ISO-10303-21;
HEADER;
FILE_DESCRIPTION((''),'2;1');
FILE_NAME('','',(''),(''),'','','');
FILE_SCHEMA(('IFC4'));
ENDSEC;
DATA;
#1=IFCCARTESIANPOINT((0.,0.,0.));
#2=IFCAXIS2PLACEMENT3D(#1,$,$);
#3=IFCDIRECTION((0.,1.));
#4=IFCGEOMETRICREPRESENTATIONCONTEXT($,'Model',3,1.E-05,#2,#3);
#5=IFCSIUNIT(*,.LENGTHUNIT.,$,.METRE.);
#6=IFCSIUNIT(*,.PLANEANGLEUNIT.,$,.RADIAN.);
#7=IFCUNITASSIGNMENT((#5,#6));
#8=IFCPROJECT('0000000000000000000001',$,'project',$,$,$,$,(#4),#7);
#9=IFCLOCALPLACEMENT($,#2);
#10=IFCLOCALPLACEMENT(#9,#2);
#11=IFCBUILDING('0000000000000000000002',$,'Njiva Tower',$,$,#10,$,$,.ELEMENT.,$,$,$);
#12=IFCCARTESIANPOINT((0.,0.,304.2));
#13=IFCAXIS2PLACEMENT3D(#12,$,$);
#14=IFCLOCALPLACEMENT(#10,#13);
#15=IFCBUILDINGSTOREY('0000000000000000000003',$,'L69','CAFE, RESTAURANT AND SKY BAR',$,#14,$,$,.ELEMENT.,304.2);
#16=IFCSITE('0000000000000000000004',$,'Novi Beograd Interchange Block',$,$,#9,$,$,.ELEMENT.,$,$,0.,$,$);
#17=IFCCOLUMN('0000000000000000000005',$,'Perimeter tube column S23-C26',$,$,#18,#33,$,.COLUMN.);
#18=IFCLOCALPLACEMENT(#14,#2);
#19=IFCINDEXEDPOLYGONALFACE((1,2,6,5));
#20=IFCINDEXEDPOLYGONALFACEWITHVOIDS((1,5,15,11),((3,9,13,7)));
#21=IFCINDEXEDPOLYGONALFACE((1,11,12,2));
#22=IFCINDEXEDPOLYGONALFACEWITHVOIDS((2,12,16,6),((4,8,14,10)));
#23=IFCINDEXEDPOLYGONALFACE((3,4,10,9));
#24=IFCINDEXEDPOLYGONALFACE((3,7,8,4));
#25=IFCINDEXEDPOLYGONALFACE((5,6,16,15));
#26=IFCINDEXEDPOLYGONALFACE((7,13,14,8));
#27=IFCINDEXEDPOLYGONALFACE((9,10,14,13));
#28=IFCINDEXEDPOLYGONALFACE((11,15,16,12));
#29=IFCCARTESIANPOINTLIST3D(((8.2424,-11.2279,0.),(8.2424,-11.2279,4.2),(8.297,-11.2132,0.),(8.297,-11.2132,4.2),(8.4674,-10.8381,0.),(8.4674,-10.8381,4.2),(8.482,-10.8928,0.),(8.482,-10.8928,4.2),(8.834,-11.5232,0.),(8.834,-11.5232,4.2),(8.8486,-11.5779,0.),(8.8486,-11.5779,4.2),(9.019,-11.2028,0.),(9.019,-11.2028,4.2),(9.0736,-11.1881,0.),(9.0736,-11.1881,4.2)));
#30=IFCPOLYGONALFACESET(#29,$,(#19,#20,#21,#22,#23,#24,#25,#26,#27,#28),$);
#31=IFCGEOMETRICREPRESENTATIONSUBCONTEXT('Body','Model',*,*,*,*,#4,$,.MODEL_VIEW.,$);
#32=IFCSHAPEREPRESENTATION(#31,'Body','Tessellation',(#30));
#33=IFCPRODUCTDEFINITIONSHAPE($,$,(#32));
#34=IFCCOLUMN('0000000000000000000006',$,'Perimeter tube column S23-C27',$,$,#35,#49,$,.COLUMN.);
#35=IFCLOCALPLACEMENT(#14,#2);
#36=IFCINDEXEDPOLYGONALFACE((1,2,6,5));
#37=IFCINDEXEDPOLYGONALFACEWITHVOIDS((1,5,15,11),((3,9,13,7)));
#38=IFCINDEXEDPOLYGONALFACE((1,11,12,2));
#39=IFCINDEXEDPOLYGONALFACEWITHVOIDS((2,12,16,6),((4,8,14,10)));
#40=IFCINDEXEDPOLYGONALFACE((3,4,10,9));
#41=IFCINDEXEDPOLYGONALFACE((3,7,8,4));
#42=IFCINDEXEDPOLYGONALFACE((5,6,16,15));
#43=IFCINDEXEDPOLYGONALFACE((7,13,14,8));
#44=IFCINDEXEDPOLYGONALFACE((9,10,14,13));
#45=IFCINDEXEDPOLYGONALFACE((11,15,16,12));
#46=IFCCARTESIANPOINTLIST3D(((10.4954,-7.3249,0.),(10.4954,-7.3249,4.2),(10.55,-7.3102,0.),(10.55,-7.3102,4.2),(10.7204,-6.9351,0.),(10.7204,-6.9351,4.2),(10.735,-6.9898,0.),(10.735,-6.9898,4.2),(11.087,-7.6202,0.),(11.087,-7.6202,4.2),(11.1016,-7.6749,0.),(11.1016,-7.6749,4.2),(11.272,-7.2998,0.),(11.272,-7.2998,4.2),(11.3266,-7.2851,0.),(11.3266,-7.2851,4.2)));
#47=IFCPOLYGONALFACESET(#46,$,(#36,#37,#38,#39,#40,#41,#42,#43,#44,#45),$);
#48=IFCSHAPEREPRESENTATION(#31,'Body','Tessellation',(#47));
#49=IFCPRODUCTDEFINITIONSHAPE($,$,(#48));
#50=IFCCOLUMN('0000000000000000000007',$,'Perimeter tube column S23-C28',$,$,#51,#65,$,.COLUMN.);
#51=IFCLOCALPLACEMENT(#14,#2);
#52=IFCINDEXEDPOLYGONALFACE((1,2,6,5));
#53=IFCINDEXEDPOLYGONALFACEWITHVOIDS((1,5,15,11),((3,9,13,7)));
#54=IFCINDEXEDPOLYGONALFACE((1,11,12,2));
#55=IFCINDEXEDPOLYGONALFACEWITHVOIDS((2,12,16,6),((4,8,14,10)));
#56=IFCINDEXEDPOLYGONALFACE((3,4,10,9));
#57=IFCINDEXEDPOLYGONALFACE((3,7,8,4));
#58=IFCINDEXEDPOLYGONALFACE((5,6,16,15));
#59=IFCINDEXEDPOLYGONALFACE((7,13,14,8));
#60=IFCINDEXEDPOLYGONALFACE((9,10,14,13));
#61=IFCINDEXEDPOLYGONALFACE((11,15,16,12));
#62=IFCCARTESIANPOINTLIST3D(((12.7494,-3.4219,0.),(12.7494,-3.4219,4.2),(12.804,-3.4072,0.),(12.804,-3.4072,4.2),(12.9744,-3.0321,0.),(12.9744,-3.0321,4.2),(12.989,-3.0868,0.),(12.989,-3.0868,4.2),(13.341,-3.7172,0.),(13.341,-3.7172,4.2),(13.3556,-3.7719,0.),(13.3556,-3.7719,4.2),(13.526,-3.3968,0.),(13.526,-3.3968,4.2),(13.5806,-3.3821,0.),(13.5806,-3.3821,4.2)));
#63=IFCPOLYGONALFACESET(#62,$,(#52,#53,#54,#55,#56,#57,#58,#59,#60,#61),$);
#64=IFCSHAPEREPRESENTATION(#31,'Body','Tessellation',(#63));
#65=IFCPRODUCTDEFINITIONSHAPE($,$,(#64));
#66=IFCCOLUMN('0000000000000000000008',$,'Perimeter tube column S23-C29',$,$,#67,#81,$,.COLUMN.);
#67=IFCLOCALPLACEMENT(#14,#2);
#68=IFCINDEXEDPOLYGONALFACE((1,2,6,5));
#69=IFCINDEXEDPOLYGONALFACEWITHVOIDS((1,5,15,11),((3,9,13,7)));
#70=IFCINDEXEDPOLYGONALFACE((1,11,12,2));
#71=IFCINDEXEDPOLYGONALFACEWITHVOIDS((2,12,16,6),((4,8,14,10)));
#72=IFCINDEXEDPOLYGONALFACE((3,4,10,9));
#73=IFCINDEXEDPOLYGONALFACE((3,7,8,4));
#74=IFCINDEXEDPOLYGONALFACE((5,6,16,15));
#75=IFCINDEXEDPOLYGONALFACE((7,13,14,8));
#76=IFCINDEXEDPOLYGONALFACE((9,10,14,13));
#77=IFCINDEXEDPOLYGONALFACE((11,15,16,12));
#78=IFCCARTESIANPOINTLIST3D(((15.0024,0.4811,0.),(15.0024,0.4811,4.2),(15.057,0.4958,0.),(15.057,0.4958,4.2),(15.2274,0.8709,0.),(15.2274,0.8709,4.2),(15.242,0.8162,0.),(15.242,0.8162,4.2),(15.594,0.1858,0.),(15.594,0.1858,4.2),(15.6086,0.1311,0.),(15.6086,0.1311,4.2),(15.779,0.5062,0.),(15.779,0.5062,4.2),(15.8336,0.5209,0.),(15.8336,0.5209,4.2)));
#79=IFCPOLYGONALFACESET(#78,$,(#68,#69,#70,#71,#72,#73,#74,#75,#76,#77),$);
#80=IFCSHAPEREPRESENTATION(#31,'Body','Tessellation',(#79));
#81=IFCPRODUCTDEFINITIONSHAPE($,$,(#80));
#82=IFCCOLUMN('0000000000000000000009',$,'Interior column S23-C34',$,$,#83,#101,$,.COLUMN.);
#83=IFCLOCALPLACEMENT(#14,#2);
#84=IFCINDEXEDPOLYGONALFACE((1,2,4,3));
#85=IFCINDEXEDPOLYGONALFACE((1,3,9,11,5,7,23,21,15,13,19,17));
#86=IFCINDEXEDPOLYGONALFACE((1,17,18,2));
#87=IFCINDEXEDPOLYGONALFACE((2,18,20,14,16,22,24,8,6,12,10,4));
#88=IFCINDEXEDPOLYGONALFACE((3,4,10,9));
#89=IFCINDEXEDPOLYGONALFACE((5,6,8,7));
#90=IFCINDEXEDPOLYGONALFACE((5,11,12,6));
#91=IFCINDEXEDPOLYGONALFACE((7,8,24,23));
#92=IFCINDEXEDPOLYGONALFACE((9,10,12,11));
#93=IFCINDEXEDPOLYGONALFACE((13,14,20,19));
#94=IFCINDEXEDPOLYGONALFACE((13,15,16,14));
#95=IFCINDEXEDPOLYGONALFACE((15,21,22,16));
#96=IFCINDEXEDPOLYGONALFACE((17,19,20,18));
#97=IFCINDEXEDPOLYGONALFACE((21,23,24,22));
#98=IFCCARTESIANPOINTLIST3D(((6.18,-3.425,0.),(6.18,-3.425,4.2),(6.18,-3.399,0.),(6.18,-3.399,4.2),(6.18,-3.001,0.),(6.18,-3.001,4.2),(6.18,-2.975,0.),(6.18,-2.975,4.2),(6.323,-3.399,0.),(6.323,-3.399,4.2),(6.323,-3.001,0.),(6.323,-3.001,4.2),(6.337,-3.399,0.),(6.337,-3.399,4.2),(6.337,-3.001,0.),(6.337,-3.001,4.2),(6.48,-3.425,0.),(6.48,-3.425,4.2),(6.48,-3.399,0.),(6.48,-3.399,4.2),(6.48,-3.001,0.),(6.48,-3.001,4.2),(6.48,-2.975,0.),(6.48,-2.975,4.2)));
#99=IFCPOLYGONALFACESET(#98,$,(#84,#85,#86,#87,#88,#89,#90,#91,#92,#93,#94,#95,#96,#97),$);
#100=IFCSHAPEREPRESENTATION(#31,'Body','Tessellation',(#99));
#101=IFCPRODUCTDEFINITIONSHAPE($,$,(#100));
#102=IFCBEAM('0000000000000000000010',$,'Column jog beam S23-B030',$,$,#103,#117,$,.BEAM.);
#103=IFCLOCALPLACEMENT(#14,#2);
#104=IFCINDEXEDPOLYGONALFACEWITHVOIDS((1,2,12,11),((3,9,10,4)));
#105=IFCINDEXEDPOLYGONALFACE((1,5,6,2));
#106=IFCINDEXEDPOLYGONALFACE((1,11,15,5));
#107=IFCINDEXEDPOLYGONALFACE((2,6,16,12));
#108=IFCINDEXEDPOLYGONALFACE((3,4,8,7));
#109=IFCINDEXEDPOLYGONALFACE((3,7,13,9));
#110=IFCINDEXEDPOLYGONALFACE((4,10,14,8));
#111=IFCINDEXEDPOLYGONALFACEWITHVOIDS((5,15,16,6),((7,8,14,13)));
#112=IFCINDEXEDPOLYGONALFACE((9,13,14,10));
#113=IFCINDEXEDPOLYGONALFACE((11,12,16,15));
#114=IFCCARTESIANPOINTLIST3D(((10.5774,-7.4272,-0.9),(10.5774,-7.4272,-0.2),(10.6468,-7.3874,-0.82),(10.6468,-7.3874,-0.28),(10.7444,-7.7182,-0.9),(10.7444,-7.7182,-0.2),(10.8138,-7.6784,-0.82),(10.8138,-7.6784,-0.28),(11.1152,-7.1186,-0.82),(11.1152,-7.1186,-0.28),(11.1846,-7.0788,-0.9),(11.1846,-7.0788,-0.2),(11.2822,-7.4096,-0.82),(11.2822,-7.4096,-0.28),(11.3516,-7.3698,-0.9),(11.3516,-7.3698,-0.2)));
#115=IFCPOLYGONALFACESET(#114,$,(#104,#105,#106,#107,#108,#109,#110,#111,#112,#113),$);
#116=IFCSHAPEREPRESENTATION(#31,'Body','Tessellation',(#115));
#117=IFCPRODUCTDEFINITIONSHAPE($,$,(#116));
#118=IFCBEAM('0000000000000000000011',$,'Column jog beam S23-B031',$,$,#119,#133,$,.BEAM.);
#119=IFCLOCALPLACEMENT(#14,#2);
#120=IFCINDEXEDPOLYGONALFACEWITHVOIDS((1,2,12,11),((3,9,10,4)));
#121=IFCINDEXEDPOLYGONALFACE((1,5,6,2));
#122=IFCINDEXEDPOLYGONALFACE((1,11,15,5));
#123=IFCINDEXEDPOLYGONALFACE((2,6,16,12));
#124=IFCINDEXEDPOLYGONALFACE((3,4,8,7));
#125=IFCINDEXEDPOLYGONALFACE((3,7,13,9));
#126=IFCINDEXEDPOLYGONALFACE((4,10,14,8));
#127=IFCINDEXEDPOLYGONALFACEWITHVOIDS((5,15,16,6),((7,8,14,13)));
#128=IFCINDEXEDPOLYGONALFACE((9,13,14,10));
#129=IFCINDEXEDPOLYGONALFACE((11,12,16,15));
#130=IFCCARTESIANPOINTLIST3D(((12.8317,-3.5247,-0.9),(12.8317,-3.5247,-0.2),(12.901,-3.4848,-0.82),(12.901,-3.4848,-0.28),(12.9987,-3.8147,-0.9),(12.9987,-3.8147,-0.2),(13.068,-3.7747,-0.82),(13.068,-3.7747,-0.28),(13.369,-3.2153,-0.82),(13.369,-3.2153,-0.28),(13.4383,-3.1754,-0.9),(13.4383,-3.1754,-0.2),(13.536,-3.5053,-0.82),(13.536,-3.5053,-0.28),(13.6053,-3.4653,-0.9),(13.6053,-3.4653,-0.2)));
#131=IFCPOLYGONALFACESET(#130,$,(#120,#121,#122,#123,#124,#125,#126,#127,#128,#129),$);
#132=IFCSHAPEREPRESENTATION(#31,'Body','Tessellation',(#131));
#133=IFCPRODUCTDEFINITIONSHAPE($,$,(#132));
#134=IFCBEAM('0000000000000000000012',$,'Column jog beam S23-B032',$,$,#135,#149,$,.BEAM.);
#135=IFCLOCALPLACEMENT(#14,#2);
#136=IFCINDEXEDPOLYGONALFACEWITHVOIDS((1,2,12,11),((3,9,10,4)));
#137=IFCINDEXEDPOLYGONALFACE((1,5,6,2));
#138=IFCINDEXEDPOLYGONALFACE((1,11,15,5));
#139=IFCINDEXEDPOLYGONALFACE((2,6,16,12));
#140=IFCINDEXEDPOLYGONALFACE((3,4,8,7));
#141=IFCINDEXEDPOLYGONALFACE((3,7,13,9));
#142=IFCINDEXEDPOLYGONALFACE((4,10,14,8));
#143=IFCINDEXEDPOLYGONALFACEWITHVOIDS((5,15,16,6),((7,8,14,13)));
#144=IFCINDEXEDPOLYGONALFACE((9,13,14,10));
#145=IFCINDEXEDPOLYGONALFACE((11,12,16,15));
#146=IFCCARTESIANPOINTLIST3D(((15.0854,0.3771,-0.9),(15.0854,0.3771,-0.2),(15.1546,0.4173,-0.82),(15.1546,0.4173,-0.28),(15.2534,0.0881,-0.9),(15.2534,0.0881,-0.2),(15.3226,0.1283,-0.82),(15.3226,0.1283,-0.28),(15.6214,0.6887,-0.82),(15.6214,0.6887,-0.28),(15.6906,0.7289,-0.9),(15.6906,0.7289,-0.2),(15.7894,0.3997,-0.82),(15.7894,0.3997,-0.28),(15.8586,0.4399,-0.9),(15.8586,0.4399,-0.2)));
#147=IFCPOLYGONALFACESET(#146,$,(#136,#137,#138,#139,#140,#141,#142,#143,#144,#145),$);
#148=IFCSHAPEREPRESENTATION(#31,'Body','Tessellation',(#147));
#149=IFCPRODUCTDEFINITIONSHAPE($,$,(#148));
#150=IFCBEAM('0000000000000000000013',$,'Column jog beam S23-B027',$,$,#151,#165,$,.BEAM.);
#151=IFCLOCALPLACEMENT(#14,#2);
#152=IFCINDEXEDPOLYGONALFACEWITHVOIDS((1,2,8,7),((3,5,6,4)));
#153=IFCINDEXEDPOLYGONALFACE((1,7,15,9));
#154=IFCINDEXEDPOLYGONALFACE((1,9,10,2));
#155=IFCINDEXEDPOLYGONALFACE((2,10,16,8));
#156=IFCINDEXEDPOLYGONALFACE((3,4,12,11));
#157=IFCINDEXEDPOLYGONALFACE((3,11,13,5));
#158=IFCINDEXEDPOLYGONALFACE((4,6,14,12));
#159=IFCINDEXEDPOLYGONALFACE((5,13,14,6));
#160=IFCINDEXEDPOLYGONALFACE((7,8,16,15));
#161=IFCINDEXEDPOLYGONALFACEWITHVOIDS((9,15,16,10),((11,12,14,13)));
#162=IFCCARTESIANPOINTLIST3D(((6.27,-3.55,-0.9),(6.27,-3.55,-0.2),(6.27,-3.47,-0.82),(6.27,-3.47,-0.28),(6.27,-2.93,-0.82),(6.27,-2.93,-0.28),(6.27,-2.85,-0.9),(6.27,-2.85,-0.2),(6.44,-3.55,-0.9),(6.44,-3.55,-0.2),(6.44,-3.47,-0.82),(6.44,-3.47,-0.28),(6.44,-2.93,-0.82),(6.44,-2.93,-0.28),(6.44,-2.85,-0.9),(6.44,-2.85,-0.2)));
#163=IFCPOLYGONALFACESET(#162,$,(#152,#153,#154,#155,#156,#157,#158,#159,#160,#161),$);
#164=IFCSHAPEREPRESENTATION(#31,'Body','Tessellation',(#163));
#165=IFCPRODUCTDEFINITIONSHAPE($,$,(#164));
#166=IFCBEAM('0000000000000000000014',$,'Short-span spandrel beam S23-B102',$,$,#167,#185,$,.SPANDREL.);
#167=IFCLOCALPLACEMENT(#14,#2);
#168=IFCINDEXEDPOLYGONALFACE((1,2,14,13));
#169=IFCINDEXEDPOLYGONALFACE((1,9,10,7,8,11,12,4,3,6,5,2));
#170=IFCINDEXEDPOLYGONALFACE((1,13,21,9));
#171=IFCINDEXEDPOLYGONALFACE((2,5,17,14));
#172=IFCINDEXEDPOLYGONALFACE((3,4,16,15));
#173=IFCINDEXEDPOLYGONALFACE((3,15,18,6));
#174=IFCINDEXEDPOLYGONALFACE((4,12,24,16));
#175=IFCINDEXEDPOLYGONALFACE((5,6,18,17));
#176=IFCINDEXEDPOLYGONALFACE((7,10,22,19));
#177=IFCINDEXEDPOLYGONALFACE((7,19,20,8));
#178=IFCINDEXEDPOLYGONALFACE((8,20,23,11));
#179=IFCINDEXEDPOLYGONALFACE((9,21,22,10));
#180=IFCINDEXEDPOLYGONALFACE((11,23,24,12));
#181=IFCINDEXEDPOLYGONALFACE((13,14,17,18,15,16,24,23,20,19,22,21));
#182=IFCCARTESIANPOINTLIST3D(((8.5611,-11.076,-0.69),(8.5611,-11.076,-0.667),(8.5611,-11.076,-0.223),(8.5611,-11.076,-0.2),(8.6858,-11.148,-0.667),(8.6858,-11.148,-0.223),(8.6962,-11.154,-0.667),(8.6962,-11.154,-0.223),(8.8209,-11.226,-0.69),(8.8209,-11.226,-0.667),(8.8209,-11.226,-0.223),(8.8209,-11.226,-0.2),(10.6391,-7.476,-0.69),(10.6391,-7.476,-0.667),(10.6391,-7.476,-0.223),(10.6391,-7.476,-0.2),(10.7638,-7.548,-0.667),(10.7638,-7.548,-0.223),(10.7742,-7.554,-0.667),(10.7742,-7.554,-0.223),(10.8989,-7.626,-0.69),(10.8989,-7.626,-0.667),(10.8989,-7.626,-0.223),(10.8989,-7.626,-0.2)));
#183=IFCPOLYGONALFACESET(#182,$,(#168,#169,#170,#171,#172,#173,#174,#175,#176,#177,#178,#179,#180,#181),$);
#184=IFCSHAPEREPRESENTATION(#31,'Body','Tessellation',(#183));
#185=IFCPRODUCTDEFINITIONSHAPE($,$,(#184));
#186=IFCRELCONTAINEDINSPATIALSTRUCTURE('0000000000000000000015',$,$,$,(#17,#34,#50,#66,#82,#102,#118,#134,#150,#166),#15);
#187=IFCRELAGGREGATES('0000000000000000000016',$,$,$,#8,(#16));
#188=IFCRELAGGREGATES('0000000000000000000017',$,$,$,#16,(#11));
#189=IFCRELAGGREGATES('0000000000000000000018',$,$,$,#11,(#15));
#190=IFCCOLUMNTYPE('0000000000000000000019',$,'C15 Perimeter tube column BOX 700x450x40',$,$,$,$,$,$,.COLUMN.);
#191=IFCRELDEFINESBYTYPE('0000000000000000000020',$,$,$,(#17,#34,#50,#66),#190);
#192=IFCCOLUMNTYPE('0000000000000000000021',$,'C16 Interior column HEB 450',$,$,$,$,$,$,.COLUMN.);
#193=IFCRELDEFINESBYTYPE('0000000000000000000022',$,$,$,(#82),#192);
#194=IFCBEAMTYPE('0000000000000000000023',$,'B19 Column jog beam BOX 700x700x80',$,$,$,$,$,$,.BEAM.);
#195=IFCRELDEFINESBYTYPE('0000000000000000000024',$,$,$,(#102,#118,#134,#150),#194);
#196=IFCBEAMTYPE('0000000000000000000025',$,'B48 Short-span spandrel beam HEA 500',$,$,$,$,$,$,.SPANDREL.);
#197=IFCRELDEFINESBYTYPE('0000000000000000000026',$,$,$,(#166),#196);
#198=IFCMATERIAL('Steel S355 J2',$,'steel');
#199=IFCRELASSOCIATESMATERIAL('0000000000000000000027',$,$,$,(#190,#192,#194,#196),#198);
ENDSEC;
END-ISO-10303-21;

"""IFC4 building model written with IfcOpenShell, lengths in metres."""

from ifc_helpers import new_model, si_unit, direction, frame, origin, origin_2d, place, context, subcontext, project, spatial, hollow_rectangle, i_section, extrude, material, material_profile, profile_set, type_object, element, save


model = new_model("IFC4")

# Units and contexts
model_context = context("Model", 3, precision=1e-05, world=origin(), true_north=direction((0.0, 1.0)))
body_context = subcontext(model_context, "Body", "Model", "MODEL_VIEW")
ifc_project = project(units=[si_unit("LENGTHUNIT", "METRE"), si_unit("PLANEANGLEUNIT", "RADIAN")], contexts=[model_context])

# Site, building, storey
site_placement = place(None, origin())
site = spatial("IfcSite", under=ifc_project, at=site_placement, Name="Novi Beograd Interchange Block", CompositionType="ELEMENT", RefElevation=0.0)
building_placement = place(site_placement, origin())
building = spatial("IfcBuilding", under=site, at=building_placement, Name="Njiva Tower", CompositionType="ELEMENT")
storey_placement = place(building_placement, frame((0.0, 0.0, 304.2)))
storey = spatial("IfcBuildingStorey", under=building, at=storey_placement, Name="L69", Description="CAFE, RESTAURANT AND SKY BAR", CompositionType="ELEMENT", Elevation=304.2)

# Columns
ifc_material_1 = material(Name="Steel S355 J2", Category="steel")
ifc_material_profile_1 = material_profile(ifc_material_1, hollow_rectangle(XDim=0.45, YDim=0.7, WallThickness=0.04, at=origin_2d()), Name="BOX 700x450x40")
ifc_profile_set_1 = profile_set([ifc_material_profile_1], Name="Steel S355 J2")
column_type_1 = type_object("IfcColumnType", Name="C15 Perimeter tube column BOX 700x450x40", PredefinedType="COLUMN", material=ifc_profile_set_1)
for number, where, z_axis, x_axis, name in (
    (1, (8.658, -11.208, 0.0), (0.0, 0.0, 1.0), (0.5, 0.866025, 0.0), "Perimeter tube column S23-C26"),
    (2, (10.911, -7.305, 0.0), (0.0, 0.0, 1.0), (0.5, 0.866025, 0.0), "Perimeter tube column S23-C27"),
    (3, (13.165, -3.402, 0.0), (0.0, 0.0, 1.0), (0.5, 0.866025, 0.0), "Perimeter tube column S23-C28"),
    (4, (15.418, 0.501, 0.0), (0.0, 0.0, 1.0), (0.5, 0.866025, 0.0), "Perimeter tube column S23-C29"),
):
    element("IfcColumn", number, at=place(storey_placement, frame(where, z_axis=z_axis, x_axis=x_axis)), inside=storey, type_object=column_type_1, Name=name, PredefinedType="COLUMN", context=body_context, shape_type="SweptSolid", body=[
        extrude(hollow_rectangle(XDim=0.45, YDim=0.7, WallThickness=0.04, at=origin_2d()), origin(), (0.0, 0.0, 1.0), 4.2),
    ])
ifc_material_profile_2 = material_profile(ifc_material_1, i_section(OverallWidth=0.3, OverallDepth=0.45, WebThickness=0.014, FlangeThickness=0.026, at=origin_2d()), Name="HEB 450")
ifc_profile_set_2 = profile_set([ifc_material_profile_2], Name="Steel S355 J2")
column_type_2 = type_object("IfcColumnType", Name="C16 Interior column HEB 450", PredefinedType="COLUMN", material=ifc_profile_set_2)
column_placement = place(storey_placement, frame((6.33, -3.2, 0.0), z_axis=(0.0, 0.0, 1.0), x_axis=(1.0, 0.0, 0.0)))
element("IfcColumn", 5, at=column_placement, inside=storey, type_object=column_type_2, Name="Interior column S23-C34", PredefinedType="COLUMN", context=body_context, shape_type="SweptSolid", body=[
    extrude(i_section(OverallWidth=0.3, OverallDepth=0.45, WebThickness=0.014, FlangeThickness=0.026, at=origin_2d()), origin(), (0.0, 0.0, 1.0), 4.2),
])

# Beams
ifc_material_profile_3 = material_profile(ifc_material_1, hollow_rectangle(XDim=0.7, YDim=0.7, WallThickness=0.08, at=origin_2d()), Name="BOX 700x700x80")
ifc_profile_set_3 = profile_set([ifc_material_profile_3], Name="Steel S355 J2")
beam_type_1 = type_object("IfcBeamType", Name="B19 Column jog beam BOX 700x700x80", PredefinedType="BEAM", material=ifc_profile_set_3)
beam_1_placement = place(storey_placement, frame((11.048, -7.544, -0.55), z_axis=(-0.497743, 0.867325, 0.0), x_axis=(-0.867325, -0.497743, 0.0)))
element("IfcBeam", 6, at=beam_1_placement, inside=storey, type_object=beam_type_1, Name="Column jog beam S23-B030", PredefinedType="BEAM", context=body_context, shape_type="SweptSolid", body=[
    extrude(hollow_rectangle(XDim=0.7, YDim=0.7, WallThickness=0.08, at=origin_2d()), origin(), (0.0, 0.0, 1.0), 0.3355),
])
beam_2_placement = place(storey_placement, frame((13.302, -3.64, -0.55), z_axis=(-0.499032, 0.866583, 0.0), x_axis=(-0.866583, -0.499032, 0.0)))
element("IfcBeam", 7, at=beam_2_placement, inside=storey, type_object=beam_type_1, Name="Column jog beam S23-B031", PredefinedType="BEAM", context=body_context, shape_type="SweptSolid", body=[
    extrude(hollow_rectangle(XDim=0.7, YDim=0.7, WallThickness=0.08, at=origin_2d()), origin(), (0.0, 0.0, 1.0), 0.3346),
])
beam_3_placement = place(storey_placement, frame((15.556, 0.264, -0.55), z_axis=(-0.502568, 0.864537, 0.0), x_axis=(-0.864537, -0.502568, 0.0)))
element("IfcBeam", 8, at=beam_3_placement, inside=storey, type_object=beam_type_1, Name="Column jog beam S23-B032", PredefinedType="BEAM", context=body_context, shape_type="SweptSolid", body=[
    extrude(hollow_rectangle(XDim=0.7, YDim=0.7, WallThickness=0.08, at=origin_2d()), origin(), (0.0, 0.0, 1.0), 0.3343),
])
beam_4_placement = place(storey_placement, frame((6.44, -3.2, -0.55), z_axis=(-1.0, 0.0, 0.0), x_axis=(0.0, -1.0, 0.0)))
element("IfcBeam", 9, at=beam_4_placement, inside=storey, type_object=beam_type_1, Name="Column jog beam S23-B027", PredefinedType="BEAM", context=body_context, shape_type="SweptSolid", body=[
    extrude(hollow_rectangle(XDim=0.7, YDim=0.7, WallThickness=0.08, at=origin_2d()), origin(), (0.0, 0.0, 1.0), 0.17),
])
ifc_material_profile_4 = material_profile(ifc_material_1, i_section(OverallWidth=0.3, OverallDepth=0.49, WebThickness=0.012, FlangeThickness=0.023, at=origin_2d()), Name="HEA 500")
ifc_profile_set_4 = profile_set([ifc_material_profile_4], Name="Steel S355 J2")
beam_type_2 = type_object("IfcBeamType", Name="B48 Short-span spandrel beam HEA 500", PredefinedType="SPANDREL", material=ifc_profile_set_4)
beam_5_placement = place(storey_placement, frame((8.691, -11.151, -0.445), z_axis=(0.499917, 0.866073, 0.0), x_axis=(-0.866073, 0.499917, 0.0)))
element("IfcBeam", 10, at=beam_5_placement, inside=storey, type_object=beam_type_2, Name="Short-span spandrel beam S23-B102", PredefinedType="SPANDREL", context=body_context, shape_type="SweptSolid", body=[
    extrude(i_section(OverallWidth=0.3, OverallDepth=0.49, WebThickness=0.012, FlangeThickness=0.023, at=origin_2d()), origin(), (0.0, 0.0, 1.0), 4.1567),
])

save(model, "model.ifc")
